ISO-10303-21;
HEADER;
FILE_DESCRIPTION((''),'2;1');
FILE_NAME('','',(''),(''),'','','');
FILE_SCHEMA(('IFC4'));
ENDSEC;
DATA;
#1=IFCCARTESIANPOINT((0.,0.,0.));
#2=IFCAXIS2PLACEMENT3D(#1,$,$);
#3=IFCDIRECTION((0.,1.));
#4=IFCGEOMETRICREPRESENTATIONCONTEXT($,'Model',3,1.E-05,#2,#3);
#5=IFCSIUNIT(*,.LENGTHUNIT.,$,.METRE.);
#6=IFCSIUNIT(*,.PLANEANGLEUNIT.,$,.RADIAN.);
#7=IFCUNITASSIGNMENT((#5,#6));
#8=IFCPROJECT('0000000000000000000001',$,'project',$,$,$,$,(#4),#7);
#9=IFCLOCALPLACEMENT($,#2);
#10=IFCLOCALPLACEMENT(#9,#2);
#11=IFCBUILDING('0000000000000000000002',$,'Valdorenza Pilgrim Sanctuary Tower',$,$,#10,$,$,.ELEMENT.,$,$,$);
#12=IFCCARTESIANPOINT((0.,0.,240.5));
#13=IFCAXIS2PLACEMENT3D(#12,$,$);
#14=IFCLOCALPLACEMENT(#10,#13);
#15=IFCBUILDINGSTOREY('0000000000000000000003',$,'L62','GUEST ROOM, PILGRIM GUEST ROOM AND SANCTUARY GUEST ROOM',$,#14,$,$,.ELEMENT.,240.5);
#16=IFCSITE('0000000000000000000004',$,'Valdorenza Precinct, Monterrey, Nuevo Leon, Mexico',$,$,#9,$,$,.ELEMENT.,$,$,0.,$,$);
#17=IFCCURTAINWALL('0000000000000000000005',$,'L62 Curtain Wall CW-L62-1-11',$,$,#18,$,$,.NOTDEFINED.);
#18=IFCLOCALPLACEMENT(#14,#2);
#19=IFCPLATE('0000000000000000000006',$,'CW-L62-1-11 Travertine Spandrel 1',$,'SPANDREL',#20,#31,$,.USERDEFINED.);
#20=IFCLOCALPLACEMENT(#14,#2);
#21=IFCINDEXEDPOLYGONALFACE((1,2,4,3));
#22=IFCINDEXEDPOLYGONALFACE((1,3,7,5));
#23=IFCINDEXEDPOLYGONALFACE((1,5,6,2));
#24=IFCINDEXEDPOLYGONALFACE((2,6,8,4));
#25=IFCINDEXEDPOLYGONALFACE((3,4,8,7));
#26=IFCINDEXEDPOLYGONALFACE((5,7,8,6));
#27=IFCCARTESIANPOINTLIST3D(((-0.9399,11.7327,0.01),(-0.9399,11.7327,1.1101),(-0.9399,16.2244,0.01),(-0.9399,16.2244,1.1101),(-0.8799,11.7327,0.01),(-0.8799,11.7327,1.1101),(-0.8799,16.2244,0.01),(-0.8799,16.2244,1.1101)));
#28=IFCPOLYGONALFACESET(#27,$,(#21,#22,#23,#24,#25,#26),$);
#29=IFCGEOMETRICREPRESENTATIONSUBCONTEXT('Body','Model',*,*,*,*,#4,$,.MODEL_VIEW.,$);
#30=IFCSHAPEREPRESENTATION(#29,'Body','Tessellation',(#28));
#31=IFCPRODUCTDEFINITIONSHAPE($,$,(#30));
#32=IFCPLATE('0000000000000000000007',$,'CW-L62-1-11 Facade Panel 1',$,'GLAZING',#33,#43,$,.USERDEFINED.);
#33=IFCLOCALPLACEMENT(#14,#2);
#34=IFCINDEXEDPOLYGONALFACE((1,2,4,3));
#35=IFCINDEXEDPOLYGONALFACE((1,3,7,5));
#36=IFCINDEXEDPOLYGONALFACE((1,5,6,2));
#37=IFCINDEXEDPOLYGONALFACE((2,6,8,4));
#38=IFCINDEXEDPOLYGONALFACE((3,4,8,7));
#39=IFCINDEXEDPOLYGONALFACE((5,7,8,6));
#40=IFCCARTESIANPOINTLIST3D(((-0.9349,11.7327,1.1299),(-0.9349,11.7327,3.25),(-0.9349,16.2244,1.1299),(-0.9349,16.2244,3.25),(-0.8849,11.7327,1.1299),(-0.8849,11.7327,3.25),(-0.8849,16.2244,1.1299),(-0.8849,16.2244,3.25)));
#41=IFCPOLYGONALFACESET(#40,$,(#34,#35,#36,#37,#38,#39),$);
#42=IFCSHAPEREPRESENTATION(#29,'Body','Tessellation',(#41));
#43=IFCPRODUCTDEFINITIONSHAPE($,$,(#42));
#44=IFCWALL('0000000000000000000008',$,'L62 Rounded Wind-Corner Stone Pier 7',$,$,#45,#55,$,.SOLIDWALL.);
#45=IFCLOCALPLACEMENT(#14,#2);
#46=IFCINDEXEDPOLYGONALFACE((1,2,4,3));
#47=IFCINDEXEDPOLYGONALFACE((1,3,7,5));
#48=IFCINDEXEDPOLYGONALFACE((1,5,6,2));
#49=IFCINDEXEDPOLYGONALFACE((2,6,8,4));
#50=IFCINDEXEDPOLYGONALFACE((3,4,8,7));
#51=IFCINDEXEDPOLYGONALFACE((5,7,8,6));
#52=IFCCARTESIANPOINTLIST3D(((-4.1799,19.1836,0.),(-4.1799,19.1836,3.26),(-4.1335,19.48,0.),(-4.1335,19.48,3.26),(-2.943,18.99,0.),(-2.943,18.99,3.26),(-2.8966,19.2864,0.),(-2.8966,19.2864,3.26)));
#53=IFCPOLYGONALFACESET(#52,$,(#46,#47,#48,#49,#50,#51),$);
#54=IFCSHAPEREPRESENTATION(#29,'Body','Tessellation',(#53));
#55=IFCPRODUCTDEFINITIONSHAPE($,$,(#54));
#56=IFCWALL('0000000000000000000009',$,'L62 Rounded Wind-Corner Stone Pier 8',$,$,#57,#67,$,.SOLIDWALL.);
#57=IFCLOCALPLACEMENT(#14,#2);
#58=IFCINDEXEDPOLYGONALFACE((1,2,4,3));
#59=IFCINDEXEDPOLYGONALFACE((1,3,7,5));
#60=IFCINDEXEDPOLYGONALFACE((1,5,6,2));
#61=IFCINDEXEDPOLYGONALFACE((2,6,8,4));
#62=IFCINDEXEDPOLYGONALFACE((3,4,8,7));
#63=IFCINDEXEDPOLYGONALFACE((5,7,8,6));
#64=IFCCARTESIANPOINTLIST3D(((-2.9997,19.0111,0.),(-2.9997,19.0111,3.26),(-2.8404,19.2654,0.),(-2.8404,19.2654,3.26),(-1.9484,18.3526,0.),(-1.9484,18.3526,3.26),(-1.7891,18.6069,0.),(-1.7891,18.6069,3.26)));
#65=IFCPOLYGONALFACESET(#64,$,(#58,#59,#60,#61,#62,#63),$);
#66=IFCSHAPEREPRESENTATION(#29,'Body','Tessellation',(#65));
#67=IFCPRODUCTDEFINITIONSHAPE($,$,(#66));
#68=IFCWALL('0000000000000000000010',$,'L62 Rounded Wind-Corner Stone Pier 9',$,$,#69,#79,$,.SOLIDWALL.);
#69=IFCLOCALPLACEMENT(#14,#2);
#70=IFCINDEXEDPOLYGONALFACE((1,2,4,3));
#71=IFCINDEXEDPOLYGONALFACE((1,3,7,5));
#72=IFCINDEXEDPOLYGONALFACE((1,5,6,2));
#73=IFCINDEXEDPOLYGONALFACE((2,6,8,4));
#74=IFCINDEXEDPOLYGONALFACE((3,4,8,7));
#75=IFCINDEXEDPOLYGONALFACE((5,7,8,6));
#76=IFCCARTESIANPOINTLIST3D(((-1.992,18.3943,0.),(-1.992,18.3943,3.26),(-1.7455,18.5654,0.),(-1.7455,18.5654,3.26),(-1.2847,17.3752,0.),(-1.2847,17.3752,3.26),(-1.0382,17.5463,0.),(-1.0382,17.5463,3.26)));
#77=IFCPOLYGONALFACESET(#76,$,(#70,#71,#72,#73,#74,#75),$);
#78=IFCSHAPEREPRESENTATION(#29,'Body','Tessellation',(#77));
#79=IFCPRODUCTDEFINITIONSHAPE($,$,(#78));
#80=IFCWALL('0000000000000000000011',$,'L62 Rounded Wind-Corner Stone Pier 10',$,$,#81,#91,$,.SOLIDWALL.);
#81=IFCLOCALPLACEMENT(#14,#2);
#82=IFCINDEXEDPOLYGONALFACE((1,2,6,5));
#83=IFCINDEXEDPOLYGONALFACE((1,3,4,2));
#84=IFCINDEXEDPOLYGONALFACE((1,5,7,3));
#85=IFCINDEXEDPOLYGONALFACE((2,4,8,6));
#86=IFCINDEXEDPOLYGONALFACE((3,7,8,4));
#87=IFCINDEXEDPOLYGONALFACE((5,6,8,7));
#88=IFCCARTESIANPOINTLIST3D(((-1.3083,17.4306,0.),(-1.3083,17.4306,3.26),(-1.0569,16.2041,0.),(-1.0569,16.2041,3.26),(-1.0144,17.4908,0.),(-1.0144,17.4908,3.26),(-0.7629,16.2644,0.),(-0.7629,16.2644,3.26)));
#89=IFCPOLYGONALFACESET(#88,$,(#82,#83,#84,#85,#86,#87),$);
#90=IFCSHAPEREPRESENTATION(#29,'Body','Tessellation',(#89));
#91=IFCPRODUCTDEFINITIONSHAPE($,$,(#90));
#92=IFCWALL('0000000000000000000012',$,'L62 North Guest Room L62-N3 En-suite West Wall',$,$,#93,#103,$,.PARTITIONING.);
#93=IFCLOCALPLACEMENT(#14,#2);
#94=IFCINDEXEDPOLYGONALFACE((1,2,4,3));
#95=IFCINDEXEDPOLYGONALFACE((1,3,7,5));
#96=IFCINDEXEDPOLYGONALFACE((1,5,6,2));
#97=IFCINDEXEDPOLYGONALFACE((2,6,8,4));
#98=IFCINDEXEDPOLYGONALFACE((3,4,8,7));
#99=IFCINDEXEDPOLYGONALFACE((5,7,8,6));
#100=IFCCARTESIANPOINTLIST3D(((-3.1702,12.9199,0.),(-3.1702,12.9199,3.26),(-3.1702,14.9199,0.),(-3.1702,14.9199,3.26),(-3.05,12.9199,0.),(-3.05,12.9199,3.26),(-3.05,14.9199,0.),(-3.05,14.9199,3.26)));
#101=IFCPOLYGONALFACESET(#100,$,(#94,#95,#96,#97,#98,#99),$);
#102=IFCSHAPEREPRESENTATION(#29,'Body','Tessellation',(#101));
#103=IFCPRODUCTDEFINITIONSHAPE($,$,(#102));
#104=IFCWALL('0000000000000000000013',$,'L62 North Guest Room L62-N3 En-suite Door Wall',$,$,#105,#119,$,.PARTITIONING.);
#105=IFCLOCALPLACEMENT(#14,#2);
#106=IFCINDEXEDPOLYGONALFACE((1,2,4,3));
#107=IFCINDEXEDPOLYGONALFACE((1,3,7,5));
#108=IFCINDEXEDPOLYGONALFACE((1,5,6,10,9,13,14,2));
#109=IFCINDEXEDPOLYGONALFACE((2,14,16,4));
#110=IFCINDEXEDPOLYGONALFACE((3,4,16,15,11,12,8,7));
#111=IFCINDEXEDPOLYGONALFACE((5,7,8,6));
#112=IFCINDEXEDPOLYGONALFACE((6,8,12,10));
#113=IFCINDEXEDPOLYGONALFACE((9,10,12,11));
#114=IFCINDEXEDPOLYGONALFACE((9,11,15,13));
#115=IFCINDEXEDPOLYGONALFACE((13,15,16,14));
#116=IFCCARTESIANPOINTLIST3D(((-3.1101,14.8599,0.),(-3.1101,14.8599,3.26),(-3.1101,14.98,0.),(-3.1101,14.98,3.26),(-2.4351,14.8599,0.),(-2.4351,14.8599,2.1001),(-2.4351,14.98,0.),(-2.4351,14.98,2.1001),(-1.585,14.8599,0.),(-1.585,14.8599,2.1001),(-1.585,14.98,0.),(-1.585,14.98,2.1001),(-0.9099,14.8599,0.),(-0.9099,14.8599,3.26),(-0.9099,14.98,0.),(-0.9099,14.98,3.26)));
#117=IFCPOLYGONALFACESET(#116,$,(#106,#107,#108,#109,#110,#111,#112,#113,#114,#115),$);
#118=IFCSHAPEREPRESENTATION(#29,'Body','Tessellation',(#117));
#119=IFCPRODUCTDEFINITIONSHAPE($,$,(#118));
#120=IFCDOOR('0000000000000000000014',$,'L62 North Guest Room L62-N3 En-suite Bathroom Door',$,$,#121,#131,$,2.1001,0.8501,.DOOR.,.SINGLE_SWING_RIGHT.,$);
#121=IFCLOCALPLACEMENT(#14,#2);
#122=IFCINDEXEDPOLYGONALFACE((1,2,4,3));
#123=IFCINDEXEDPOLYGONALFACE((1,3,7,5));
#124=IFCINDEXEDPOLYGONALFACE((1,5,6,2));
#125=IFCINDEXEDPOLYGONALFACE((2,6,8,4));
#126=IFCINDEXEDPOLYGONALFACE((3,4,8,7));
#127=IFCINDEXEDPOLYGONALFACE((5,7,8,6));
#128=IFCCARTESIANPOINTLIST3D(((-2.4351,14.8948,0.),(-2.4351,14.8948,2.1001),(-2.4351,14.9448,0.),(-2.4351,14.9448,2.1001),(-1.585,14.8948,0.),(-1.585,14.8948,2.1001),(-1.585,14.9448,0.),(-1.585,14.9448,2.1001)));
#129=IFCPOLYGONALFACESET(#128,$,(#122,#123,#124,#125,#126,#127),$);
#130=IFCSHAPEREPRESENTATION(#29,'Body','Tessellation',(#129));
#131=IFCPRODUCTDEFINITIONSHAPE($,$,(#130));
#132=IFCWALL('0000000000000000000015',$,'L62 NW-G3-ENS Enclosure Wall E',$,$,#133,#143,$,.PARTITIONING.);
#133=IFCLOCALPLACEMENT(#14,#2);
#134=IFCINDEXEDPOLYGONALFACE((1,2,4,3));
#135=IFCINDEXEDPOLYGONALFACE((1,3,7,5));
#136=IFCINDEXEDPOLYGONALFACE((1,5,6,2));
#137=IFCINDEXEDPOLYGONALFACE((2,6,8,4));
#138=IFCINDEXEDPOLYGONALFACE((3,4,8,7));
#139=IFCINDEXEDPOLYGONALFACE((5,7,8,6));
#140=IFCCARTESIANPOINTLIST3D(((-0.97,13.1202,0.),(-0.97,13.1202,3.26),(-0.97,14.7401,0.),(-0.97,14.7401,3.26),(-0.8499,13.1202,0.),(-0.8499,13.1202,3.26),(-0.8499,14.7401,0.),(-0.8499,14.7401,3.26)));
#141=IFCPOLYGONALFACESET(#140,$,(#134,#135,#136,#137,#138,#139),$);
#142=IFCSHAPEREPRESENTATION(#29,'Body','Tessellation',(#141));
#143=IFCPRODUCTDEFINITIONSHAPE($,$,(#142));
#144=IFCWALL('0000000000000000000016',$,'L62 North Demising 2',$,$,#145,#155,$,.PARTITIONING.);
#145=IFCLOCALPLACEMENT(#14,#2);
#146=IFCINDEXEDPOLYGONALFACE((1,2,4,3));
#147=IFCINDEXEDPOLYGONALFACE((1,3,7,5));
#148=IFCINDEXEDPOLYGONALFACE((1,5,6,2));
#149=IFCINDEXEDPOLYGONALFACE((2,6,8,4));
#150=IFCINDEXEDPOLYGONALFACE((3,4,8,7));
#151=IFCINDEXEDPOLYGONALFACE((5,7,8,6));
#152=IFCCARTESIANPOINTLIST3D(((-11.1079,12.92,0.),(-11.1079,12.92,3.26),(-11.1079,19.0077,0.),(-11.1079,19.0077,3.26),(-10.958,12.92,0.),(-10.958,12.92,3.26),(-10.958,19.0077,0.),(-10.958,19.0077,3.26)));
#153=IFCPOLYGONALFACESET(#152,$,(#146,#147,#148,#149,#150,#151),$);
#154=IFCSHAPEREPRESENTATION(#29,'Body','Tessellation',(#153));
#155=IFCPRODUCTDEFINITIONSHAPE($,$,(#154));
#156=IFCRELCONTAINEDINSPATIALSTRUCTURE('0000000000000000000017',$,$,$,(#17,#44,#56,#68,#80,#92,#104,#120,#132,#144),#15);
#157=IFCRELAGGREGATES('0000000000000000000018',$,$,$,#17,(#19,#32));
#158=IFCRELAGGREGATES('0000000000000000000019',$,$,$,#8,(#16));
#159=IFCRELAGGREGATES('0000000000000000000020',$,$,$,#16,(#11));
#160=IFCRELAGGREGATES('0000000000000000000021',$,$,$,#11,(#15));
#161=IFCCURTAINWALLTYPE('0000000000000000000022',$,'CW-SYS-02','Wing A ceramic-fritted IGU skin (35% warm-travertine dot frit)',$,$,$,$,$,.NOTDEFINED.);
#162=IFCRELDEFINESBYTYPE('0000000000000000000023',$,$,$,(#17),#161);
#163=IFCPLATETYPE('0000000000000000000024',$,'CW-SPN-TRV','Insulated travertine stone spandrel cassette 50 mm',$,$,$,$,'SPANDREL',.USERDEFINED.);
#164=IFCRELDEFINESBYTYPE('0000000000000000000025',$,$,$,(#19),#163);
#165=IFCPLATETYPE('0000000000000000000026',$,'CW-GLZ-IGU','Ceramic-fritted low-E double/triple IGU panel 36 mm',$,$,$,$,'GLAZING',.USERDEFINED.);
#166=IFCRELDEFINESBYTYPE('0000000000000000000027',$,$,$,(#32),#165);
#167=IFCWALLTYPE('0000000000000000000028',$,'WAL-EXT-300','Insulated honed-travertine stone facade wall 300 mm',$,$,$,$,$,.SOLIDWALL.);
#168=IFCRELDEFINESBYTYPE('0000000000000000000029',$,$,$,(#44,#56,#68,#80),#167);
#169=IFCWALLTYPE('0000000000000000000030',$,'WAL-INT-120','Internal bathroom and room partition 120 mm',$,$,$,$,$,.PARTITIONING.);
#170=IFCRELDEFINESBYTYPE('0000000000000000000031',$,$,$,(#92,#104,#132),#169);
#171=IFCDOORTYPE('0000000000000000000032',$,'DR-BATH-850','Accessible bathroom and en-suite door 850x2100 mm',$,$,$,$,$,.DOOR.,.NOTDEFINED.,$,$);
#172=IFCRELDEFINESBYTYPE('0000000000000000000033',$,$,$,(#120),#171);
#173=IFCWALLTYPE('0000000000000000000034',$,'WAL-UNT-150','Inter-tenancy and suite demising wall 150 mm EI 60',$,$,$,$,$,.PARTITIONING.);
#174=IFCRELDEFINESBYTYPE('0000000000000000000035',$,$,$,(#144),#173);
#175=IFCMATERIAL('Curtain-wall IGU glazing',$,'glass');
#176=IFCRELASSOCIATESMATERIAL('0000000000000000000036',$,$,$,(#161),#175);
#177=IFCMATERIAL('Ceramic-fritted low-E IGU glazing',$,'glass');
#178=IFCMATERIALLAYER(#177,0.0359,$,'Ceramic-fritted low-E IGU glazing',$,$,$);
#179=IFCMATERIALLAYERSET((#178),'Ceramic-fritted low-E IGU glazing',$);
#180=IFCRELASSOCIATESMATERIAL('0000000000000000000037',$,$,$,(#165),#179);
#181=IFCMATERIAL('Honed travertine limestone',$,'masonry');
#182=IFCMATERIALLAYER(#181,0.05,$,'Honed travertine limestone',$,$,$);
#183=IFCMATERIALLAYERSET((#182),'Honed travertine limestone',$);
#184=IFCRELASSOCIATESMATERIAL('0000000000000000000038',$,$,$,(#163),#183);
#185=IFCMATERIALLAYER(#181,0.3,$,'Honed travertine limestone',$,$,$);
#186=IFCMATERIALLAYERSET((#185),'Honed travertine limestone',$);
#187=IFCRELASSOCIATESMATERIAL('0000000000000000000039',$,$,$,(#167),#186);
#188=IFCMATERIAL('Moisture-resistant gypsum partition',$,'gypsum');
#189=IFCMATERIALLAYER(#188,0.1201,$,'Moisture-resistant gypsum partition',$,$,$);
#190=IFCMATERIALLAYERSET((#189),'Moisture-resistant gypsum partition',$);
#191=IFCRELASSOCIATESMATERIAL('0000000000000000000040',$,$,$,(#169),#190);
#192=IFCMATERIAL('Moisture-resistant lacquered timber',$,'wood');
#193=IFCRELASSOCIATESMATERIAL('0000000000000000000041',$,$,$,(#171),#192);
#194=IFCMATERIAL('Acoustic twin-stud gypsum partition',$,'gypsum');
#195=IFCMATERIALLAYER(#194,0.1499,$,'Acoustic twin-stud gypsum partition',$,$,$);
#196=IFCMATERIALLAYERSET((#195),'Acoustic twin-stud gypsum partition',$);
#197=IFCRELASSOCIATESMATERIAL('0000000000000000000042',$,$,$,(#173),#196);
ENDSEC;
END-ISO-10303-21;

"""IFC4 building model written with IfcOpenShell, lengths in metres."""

from ifc_helpers import new_model, si_unit, direction, frame, frame_2d, origin, origin_2d, place, context, subcontext, project, spatial, rectangle, extrude, source, transform, mapped, material, layer, layer_set, type_object, element, fill, aggregate, save


model = new_model("IFC4")

# Units and contexts
model_context = context("Model", 3, precision=1e-05, world=origin(), true_north=direction((0.0, 1.0)))
body_context = subcontext(model_context, "Body", "Model", "MODEL_VIEW")
ifc_project = project(units=[si_unit("LENGTHUNIT", "METRE"), si_unit("PLANEANGLEUNIT", "RADIAN")], contexts=[model_context])

# Site, building, storey
site_placement = place(None, origin())
site = spatial("IfcSite", under=ifc_project, at=site_placement, Name="Valdorenza Precinct, Monterrey, Nuevo Leon, Mexico", CompositionType="ELEMENT", RefElevation=0.0)
building_placement = place(site_placement, origin())
building = spatial("IfcBuilding", under=site, at=building_placement, Name="Valdorenza Pilgrim Sanctuary Tower", CompositionType="ELEMENT")
storey_placement = place(building_placement, frame((0.0, 0.0, 240.5)))
storey = spatial("IfcBuildingStorey", under=building, at=storey_placement, Name="L62", Description="GUEST ROOM, PILGRIM GUEST ROOM AND SANCTUARY GUEST ROOM", CompositionType="ELEMENT", Elevation=240.5)

# Curtain wall
ifc_material_1 = material(Name="Curtain-wall IGU glazing", Category="glass")
curtain_wall_type = type_object("IfcCurtainWallType", Name="CW-SYS-02", Description="Wing A ceramic-fritted IGU skin (35% warm-travertine dot frit)", PredefinedType="NOTDEFINED", material=ifc_material_1)
curtain_wall_1_placement = place(storey_placement, origin())
curtain_wall_1 = element("IfcCurtainWall", 1, at=curtain_wall_1_placement, inside=storey, type_object=curtain_wall_type, Name="L62 Curtain Wall CW-L62-1-11", PredefinedType="NOTDEFINED")

# Plates
ifc_material_2 = material(Name="Ceramic-fritted low-E IGU glazing", Category="glass")
ifc_layer_1 = layer(ifc_material_2, 0.0359, Name="Ceramic-fritted low-E IGU glazing")
ifc_layer_set_1 = layer_set([ifc_layer_1], Name="Ceramic-fritted low-E IGU glazing")
plate_type_1 = type_object("IfcPlateType", Name="CW-GLZ-IGU", Description="Ceramic-fritted low-E double/triple IGU panel 36 mm", ElementType="GLAZING", PredefinedType="USERDEFINED", material=ifc_layer_set_1)
ifc_material_3 = material(Name="Honed travertine limestone", Category="masonry")
ifc_layer_2 = layer(ifc_material_3, 0.05, Name="Honed travertine limestone")
ifc_layer_set_2 = layer_set([ifc_layer_2], Name="Honed travertine limestone")
plate_type_2 = type_object("IfcPlateType", Name="CW-SPN-TRV", Description="Insulated travertine stone spandrel cassette 50 mm", ElementType="SPANDREL", PredefinedType="USERDEFINED", material=ifc_layer_set_2)
shared_shape_1 = source(origin(), body_context, "Body", "SweptSolid", [
    extrude(rectangle(XDim=4.4917, YDim=0.0601, at=origin_2d()), origin(), (0.0, 0.0, 1.0), 1.1001),
])
plate_1_placement = place(storey_placement, frame((-0.9099, 13.9785, 0.01), z_axis=(0.0, 0.0, 1.0), x_axis=(0.0, -1.0, 0.0)))
plate_1 = element("IfcPlate", 2, at=plate_1_placement, type_object=plate_type_2, Name="CW-L62-1-11 Travertine Spandrel 1", ObjectType="SPANDREL", PredefinedType="USERDEFINED", context=body_context, shape_type="MappedRepresentation", body=[
    mapped(shared_shape_1, transform((0.0, 0.0, 0.0), x_axis=(1.0, 0.0, 0.0), y_axis=(0.0, 1.0, 0.0), z_axis=(0.0, 0.0, 1.0), scale=1.0)),
])
shared_shape_2 = source(origin(), body_context, "Body", "SweptSolid", [
    extrude(rectangle(XDim=4.4917, YDim=0.05, at=origin_2d()), origin(), (0.0, 0.0, 1.0), 2.1201),
])
plate_2_placement = place(storey_placement, frame((-0.9099, 13.9785, 1.1299), z_axis=(0.0, 0.0, 1.0), x_axis=(0.0, -1.0, 0.0)))
plate_2 = element("IfcPlate", 3, at=plate_2_placement, type_object=plate_type_1, Name="CW-L62-1-11 Facade Panel 1", ObjectType="GLAZING", PredefinedType="USERDEFINED", context=body_context, shape_type="MappedRepresentation", body=[
    mapped(shared_shape_2, transform((0.0, 0.0, 0.0), x_axis=(1.0, 0.0, 0.0), y_axis=(0.0, 1.0, 0.0), z_axis=(0.0, 0.0, 1.0), scale=1.0)),
])
aggregate(curtain_wall_1, [plate_1, plate_2])

# Walls
ifc_layer_3 = layer(ifc_material_3, 0.3, Name="Honed travertine limestone")
ifc_layer_set_3 = layer_set([ifc_layer_3], Name="Honed travertine limestone")
wall_type_1 = type_object("IfcWallType", Name="WAL-EXT-300", Description="Insulated honed-travertine stone facade wall 300 mm", PredefinedType="SOLIDWALL", material=ifc_layer_set_3)
wall_1_placement = place(storey_placement, frame((-4.1567, 19.3318, 0.0), z_axis=(0.0, 0.0, 1.0), x_axis=(0.987969, -0.154651, 0.0)))
element("IfcWall", 4, at=wall_1_placement, inside=storey, type_object=wall_type_1, Name="L62 Rounded Wind-Corner Stone Pier 7", PredefinedType="SOLIDWALL", context=body_context, shape_type="SweptSolid", body=[
    extrude(rectangle(XDim=1.252, YDim=0.3, at=frame_2d((0.626, 0.0))), origin(), (0.0, 0.0, 1.0), 3.26),
])
for number, where, z_axis, x_axis, name in (
    (5, (-2.9199, 19.1382, 0.0), (0.0, 0.0, 1.0), (0.847489, -0.530812, 0.0), "L62 Rounded Wind-Corner Stone Pier 8"),
    (6, (-1.8687, 18.4797, 0.0), (0.0, 0.0, 1.0), (0.570182, -0.821518, 0.0), "L62 Rounded Wind-Corner Stone Pier 9"),
):
    element("IfcWall", number, at=place(storey_placement, frame(where, z_axis=z_axis, x_axis=x_axis)), inside=storey, type_object=wall_type_1, Name=name, PredefinedType="SOLIDWALL", context=body_context, shape_type="SweptSolid", body=[
        extrude(rectangle(XDim=1.2405, YDim=0.3, at=frame_2d((0.6201, 0.0))), origin(), (0.0, 0.0, 1.0), 3.26),
    ])
wall_2_placement = place(storey_placement, frame((-1.1614, 17.4607, 0.0), z_axis=(0.0, 0.0, 1.0), x_axis=(0.200877, -0.979616, 0.0)))
element("IfcWall", 7, at=wall_2_placement, inside=storey, type_object=wall_type_1, Name="L62 Rounded Wind-Corner Stone Pier 10", PredefinedType="SOLIDWALL", context=body_context, shape_type="SweptSolid", body=[
    extrude(rectangle(XDim=1.252, YDim=0.3, at=frame_2d((0.626, 0.0))), origin(), (0.0, 0.0, 1.0), 3.26),
])
ifc_material_4 = material(Name="Moisture-resistant gypsum partition", Category="gypsum")
ifc_layer_4 = layer(ifc_material_4, 0.1201, Name="Moisture-resistant gypsum partition")
ifc_layer_set_4 = layer_set([ifc_layer_4], Name="Moisture-resistant gypsum partition")
wall_type_2 = type_object("IfcWallType", Name="WAL-INT-120", Description="Internal bathroom and room partition 120 mm", PredefinedType="PARTITIONING", material=ifc_layer_set_4)
wall_3_placement = place(storey_placement, frame((-3.1101, 12.9199, 0.0), z_axis=(0.0, 0.0, 1.0), x_axis=(0.0, 1.0, 0.0)))
element("IfcWall", 8, at=wall_3_placement, inside=storey, type_object=wall_type_2, Name="L62 North Guest Room L62-N3 En-suite West Wall", PredefinedType="PARTITIONING", context=body_context, shape_type="SweptSolid", body=[
    extrude(rectangle(XDim=2.0, YDim=0.1201, at=frame_2d((1.0, 0.0))), origin(), (0.0, 0.0, 1.0), 3.26),
])

# Wall, opening, door
wall_4_placement = place(storey_placement, frame((-3.1101, 14.9199, 0.0), z_axis=(0.0, 0.0, 1.0), x_axis=(1.0, 0.0, 0.0)))
wall_4 = element("IfcWall", 9, at=wall_4_placement, inside=storey, type_object=wall_type_2, Name="L62 North Guest Room L62-N3 En-suite Door Wall", PredefinedType="PARTITIONING", context=body_context, shape_type="SweptSolid", body=[
    extrude(rectangle(XDim=2.2002, YDim=0.1201, at=frame_2d((1.1001, 0.0))), origin(), (0.0, 0.0, 1.0), 3.26),
])
opening_placement = place(wall_4_placement, frame((0.675, 0.0, 0.0)))
opening = element("IfcOpeningElement", 10, at=opening_placement, cuts=wall_4, PredefinedType="OPENING", context=body_context, shape_type="SweptSolid", body=[
    extrude(rectangle(XDim=0.8501, YDim=2.1001, at=frame_2d((0.425, 1.05))), frame((0.0, 0.075, 0.0), z_axis=(0.0, -1.0, 0.0), x_axis=(1.0, 0.0, 0.0)), (0.0, 0.0, 1.0), 0.1499),
])
ifc_material_5 = material(Name="Moisture-resistant lacquered timber", Category="wood")
door_type = type_object("IfcDoorType", Name="DR-BATH-850", Description="Accessible bathroom and en-suite door 850x2100 mm", OperationType="NOTDEFINED", PredefinedType="DOOR", material=ifc_material_5)
door_placement = place(opening_placement, origin())
door = element("IfcDoor", 11, at=door_placement, inside=storey, type_object=door_type, Name="L62 North Guest Room L62-N3 En-suite Bathroom Door", OperationType="SINGLE_SWING_RIGHT", OverallHeight=2.1001, OverallWidth=0.8501, PredefinedType="DOOR", context=body_context, shape_type="SweptSolid", body=[
    extrude(rectangle(XDim=0.8501, YDim=2.1001, at=frame_2d((0.425, 1.05))), frame((0.0, 0.0249, 0.0), z_axis=(0.0, -1.0, 0.0), x_axis=(1.0, 0.0, 0.0)), (0.0, 0.0, 1.0), 0.05),
])
fill(opening, door)

# Walls
wall_5_placement = place(storey_placement, frame((-0.9099, 13.1201, 0.0), z_axis=(0.0, 0.0, 1.0), x_axis=(0.0, 1.0, 0.0)))
element("IfcWall", 12, at=wall_5_placement, inside=storey, type_object=wall_type_2, Name="L62 NW-G3-ENS Enclosure Wall E", PredefinedType="PARTITIONING", context=body_context, shape_type="SweptSolid", body=[
    extrude(rectangle(XDim=1.6199, YDim=0.1201, at=frame_2d((0.8101, 0.0))), origin(), (0.0, 0.0, 1.0), 3.26),
])
ifc_material_6 = material(Name="Acoustic twin-stud gypsum partition", Category="gypsum")
ifc_layer_5 = layer(ifc_material_6, 0.1499, Name="Acoustic twin-stud gypsum partition")
ifc_layer_set_5 = layer_set([ifc_layer_5], Name="Acoustic twin-stud gypsum partition")
wall_type_3 = type_object("IfcWallType", Name="WAL-UNT-150", Description="Inter-tenancy and suite demising wall 150 mm EI 60", PredefinedType="PARTITIONING", material=ifc_layer_set_5)
wall_6_placement = place(storey_placement, frame((-11.033, 12.9199, 0.0), z_axis=(0.0, 0.0, 1.0), x_axis=(0.0, 1.0, 0.0)))
element("IfcWall", 13, at=wall_6_placement, inside=storey, type_object=wall_type_3, Name="L62 North Demising 2", PredefinedType="PARTITIONING", context=body_context, shape_type="SweptSolid", body=[
    extrude(rectangle(XDim=6.0876, YDim=0.1499, at=frame_2d((3.0439, 0.0))), origin(), (0.0, 0.0, 1.0), 3.26),
])

save(model, "model.ifc")
